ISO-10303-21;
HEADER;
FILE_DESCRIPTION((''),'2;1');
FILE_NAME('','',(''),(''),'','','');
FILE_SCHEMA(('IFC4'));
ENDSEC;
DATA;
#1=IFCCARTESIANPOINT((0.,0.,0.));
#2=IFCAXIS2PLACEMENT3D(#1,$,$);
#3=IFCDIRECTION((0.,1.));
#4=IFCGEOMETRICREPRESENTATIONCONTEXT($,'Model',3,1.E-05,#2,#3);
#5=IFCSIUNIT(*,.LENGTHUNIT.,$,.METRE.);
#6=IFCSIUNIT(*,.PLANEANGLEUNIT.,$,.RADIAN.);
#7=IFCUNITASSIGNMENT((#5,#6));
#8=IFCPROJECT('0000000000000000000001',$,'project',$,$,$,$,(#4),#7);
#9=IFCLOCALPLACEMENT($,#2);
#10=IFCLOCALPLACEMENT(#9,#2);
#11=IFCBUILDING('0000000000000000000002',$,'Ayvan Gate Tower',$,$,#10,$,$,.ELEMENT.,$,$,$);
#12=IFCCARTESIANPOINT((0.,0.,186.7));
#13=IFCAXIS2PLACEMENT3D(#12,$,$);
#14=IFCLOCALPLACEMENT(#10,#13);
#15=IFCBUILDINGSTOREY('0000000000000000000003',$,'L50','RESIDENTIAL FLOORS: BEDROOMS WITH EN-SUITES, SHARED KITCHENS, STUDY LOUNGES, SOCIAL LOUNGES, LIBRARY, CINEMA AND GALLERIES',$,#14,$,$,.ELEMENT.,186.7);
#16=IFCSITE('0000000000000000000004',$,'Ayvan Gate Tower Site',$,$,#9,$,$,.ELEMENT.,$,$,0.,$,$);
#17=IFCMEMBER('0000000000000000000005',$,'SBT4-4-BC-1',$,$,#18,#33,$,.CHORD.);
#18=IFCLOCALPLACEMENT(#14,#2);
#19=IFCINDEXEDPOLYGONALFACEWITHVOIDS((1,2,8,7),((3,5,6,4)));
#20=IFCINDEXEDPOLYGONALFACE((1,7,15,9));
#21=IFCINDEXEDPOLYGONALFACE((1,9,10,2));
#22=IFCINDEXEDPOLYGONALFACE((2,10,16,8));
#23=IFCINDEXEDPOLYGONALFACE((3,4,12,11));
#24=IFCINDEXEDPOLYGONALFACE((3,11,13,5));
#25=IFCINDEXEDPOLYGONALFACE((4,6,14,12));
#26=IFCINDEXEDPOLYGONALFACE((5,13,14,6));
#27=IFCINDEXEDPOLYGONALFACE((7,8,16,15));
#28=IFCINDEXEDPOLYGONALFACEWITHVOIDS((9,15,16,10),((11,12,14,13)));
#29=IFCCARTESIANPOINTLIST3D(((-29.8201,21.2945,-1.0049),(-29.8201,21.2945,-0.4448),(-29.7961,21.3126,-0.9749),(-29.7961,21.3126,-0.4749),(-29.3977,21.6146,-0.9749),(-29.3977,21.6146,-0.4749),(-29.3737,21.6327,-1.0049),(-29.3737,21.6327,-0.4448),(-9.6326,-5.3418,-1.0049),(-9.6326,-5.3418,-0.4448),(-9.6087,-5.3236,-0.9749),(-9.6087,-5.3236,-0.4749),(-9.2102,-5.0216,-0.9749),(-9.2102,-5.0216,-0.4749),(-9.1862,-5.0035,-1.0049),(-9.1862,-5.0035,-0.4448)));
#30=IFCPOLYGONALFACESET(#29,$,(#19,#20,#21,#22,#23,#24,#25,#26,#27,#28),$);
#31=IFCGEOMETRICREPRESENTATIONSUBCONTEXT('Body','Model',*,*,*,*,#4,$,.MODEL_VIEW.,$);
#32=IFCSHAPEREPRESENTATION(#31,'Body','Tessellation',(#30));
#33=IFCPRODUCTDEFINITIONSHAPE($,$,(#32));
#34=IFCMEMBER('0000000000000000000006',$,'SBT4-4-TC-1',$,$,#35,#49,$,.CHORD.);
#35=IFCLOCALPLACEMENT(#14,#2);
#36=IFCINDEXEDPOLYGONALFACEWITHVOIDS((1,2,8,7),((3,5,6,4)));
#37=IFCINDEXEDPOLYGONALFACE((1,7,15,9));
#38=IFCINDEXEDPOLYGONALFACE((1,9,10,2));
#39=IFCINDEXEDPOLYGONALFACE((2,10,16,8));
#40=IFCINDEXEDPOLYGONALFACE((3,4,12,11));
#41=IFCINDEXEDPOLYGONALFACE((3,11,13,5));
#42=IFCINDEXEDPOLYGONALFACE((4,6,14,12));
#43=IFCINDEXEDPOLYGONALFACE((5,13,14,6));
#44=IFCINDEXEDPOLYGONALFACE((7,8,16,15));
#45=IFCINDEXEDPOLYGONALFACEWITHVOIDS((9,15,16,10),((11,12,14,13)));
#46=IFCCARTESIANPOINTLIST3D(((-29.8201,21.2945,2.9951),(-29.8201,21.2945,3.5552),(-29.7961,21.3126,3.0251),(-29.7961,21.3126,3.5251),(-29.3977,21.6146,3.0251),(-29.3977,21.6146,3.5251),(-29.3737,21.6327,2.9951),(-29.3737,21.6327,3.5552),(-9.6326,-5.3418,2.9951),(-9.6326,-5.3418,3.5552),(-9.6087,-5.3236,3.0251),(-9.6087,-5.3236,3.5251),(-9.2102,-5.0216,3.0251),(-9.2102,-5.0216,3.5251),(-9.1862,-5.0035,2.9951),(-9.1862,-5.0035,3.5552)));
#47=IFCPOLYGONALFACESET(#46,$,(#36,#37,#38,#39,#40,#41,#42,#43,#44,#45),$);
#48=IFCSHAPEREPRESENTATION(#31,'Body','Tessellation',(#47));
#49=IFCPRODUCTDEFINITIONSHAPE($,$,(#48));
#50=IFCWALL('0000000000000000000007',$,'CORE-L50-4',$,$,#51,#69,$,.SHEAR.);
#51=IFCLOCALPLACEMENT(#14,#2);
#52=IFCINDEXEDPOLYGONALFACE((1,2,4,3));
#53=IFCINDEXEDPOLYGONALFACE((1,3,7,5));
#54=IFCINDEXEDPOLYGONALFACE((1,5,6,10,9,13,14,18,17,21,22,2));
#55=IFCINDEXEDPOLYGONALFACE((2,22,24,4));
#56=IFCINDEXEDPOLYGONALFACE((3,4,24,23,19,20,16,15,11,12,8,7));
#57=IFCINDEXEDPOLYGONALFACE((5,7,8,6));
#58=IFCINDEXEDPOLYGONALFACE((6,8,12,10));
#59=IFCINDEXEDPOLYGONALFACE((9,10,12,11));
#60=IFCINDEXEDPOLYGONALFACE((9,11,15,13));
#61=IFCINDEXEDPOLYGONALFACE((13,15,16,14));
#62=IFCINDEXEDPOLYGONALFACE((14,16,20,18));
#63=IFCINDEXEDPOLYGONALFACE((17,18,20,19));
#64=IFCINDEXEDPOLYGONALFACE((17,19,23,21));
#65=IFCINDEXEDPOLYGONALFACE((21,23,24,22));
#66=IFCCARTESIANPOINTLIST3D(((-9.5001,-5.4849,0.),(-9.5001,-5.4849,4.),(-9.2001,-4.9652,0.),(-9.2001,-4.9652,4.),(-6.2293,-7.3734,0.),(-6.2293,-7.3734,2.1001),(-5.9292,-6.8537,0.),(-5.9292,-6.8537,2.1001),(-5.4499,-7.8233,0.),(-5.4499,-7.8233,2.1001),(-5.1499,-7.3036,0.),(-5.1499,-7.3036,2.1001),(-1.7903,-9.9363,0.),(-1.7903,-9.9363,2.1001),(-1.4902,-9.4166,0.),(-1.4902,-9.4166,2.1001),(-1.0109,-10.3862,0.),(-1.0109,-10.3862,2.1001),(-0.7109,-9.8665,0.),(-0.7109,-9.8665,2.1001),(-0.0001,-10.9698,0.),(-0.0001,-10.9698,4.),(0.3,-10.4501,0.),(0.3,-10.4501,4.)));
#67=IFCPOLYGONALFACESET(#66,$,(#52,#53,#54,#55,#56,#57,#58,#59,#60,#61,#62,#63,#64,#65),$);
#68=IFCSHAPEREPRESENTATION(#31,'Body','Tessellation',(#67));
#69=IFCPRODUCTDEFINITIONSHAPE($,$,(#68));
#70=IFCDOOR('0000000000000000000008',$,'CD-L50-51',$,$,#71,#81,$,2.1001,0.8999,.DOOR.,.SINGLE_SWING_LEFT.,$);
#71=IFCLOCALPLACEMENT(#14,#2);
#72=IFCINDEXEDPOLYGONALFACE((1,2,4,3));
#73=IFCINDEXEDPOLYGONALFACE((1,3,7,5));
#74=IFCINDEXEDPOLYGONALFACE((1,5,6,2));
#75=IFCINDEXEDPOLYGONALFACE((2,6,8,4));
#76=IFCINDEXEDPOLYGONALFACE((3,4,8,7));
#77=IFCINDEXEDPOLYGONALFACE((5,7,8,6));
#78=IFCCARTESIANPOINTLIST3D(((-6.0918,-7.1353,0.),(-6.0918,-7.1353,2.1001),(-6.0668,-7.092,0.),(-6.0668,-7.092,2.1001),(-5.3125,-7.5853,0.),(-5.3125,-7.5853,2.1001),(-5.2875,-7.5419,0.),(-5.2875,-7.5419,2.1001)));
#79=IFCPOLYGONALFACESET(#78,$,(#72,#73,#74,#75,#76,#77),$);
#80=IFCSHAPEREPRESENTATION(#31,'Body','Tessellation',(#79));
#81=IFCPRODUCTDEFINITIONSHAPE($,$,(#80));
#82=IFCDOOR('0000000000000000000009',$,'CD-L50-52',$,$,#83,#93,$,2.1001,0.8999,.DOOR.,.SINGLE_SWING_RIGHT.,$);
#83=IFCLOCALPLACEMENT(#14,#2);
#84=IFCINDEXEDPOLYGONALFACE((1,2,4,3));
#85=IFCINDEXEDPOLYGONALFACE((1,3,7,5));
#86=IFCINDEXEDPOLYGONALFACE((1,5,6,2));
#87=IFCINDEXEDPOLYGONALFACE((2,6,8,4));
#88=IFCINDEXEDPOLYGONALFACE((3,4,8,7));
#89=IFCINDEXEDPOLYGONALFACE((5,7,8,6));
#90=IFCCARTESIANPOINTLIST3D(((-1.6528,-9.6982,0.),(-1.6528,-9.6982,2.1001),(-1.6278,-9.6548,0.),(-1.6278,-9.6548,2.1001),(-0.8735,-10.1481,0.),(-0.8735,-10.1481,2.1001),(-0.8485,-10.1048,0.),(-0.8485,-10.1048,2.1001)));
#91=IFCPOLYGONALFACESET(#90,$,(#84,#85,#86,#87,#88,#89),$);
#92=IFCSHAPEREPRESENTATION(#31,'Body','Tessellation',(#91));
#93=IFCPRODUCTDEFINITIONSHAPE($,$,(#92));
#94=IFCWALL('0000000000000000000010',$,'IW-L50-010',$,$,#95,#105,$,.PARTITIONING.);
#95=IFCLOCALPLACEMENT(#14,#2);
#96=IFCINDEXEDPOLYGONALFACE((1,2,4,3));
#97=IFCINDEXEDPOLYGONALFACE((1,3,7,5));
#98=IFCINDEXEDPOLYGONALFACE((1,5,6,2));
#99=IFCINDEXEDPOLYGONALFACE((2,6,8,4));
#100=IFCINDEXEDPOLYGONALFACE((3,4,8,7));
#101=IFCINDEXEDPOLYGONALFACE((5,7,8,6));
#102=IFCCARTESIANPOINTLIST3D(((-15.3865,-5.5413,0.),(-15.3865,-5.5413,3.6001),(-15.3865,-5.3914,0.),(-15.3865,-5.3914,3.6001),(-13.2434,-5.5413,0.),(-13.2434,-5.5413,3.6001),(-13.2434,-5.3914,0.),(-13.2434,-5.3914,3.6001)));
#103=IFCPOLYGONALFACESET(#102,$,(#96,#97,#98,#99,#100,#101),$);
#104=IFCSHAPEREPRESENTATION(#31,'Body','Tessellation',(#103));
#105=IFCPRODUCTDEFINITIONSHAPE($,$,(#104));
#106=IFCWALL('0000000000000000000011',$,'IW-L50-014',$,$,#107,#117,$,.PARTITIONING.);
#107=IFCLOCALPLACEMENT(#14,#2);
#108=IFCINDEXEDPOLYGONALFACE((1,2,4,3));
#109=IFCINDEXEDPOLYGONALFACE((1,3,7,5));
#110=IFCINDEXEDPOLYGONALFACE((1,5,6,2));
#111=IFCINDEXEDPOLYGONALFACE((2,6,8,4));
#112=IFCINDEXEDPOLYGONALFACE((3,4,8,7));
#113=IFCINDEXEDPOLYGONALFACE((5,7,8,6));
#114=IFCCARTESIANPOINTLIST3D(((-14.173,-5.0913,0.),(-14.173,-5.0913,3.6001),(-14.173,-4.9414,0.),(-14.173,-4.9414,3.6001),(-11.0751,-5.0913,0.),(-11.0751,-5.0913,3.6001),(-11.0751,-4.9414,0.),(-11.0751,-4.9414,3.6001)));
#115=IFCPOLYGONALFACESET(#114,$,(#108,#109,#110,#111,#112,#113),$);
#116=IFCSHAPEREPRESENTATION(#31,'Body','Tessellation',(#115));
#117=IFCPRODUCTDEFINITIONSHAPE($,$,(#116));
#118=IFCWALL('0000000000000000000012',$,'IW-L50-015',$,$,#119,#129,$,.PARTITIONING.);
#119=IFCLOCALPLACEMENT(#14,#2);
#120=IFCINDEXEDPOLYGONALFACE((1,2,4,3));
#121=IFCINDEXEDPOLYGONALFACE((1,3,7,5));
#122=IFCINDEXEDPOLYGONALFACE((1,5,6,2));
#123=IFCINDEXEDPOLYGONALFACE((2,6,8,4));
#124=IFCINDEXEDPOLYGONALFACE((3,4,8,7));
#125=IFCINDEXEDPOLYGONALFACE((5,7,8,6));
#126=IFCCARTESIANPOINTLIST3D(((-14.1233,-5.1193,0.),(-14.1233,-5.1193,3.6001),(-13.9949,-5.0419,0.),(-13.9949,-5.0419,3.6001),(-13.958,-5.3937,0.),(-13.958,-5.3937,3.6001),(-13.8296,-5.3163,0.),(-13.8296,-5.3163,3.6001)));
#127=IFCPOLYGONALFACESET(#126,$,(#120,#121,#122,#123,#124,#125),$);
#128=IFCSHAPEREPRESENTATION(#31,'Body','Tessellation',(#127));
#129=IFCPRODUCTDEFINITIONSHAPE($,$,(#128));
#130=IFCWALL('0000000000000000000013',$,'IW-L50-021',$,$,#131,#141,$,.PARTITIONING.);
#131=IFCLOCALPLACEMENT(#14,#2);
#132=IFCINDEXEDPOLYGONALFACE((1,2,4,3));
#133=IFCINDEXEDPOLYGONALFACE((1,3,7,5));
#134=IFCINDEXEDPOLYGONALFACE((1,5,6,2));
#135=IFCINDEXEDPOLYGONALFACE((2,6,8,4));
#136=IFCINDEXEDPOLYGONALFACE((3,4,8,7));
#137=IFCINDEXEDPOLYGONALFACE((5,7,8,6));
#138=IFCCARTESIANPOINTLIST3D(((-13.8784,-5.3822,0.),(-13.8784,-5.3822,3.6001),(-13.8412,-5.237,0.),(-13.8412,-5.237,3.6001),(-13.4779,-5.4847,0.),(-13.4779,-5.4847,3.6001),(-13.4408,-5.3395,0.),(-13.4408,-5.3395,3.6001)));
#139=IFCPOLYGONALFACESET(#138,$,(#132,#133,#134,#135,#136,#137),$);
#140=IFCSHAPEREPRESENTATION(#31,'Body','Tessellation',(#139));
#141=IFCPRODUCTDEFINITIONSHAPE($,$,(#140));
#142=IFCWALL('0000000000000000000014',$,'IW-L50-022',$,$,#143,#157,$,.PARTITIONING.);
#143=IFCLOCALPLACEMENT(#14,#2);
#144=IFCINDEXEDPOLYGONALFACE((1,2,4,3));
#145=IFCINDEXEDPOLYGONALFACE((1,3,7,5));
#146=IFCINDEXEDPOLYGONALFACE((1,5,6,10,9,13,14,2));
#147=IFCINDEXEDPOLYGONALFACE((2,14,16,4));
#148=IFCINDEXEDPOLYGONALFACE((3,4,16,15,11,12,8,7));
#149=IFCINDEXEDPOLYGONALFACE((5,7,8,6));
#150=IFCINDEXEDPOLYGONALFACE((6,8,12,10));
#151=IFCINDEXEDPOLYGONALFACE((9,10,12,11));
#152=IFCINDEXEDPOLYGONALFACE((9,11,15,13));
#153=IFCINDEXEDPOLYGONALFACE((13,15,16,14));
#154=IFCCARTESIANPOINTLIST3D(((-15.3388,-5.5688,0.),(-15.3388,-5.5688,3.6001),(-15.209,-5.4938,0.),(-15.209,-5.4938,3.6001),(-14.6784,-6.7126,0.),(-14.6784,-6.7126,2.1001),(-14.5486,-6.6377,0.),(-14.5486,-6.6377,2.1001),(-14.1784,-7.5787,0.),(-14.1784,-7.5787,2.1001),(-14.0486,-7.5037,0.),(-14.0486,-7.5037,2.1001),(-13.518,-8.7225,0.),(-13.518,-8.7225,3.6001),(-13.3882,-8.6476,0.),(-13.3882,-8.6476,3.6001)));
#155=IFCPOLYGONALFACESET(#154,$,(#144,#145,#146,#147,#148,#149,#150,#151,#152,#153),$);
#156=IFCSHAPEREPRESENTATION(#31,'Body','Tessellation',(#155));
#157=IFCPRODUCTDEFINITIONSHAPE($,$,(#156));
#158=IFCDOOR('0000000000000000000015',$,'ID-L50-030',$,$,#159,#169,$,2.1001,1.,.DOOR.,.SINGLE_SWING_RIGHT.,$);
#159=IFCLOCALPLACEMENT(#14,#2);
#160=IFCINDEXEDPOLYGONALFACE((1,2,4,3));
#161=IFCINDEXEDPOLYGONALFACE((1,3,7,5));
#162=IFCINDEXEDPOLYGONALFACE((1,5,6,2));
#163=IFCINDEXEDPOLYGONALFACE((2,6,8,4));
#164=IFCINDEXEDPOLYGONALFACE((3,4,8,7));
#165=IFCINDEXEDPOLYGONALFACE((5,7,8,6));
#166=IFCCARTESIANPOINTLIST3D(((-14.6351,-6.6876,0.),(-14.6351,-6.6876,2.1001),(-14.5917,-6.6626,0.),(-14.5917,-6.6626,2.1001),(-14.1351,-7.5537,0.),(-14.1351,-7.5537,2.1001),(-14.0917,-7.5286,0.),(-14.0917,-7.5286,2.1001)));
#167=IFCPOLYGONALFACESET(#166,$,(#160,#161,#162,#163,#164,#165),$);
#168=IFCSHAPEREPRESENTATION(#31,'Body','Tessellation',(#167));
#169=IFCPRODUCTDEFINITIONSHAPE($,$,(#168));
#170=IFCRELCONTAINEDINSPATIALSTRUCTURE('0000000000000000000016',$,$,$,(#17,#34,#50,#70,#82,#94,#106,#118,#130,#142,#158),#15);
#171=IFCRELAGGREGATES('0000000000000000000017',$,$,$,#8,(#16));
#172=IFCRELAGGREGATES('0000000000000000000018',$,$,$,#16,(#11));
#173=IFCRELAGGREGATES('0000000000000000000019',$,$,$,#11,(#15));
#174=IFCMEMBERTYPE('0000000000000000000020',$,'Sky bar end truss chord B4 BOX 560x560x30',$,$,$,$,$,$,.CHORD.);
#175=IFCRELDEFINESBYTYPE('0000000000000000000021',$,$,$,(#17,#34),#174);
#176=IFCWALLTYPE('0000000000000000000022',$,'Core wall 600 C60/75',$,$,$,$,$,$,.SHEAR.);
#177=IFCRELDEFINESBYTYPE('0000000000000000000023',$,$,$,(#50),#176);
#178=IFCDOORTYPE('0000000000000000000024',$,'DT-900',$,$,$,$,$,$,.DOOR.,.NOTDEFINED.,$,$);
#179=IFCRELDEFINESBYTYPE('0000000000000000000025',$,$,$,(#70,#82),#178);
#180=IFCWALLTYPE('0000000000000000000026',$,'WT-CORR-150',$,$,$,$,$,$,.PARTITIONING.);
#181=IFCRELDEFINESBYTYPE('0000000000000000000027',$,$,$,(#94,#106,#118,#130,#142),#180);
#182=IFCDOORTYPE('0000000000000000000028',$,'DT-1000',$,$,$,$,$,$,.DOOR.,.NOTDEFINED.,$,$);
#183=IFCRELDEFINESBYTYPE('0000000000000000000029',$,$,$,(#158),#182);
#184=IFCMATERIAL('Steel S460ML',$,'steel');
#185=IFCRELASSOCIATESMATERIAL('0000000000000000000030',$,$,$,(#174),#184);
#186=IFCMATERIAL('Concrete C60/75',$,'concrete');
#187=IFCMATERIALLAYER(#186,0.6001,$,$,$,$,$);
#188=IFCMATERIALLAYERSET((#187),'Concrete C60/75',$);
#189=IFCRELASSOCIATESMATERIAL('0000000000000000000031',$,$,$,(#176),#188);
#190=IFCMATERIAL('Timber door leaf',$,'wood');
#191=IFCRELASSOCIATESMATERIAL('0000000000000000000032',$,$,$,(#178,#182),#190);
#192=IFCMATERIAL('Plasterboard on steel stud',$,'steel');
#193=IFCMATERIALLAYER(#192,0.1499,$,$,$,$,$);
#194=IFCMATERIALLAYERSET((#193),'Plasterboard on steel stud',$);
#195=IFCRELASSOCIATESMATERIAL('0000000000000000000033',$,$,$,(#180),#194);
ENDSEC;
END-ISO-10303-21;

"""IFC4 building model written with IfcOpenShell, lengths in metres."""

from ifc_helpers import new_model, si_unit, direction, frame, frame_2d, origin, origin_2d, place, context, subcontext, project, spatial, rectangle, hollow_rectangle, extrude, material, layer, layer_set, material_profile, profile_set, type_object, element, fill, save


model = new_model("IFC4")

# Units and contexts
model_context = context("Model", 3, precision=1e-05, world=origin(), true_north=direction((0.0, 1.0)))
body_context = subcontext(model_context, "Body", "Model", "MODEL_VIEW")
ifc_project = project(units=[si_unit("LENGTHUNIT", "METRE"), si_unit("PLANEANGLEUNIT", "RADIAN")], contexts=[model_context])

# Site, building, storey
site_placement = place(None, origin())
site = spatial("IfcSite", under=ifc_project, at=site_placement, Name="Ayvan Gate Tower Site", CompositionType="ELEMENT", RefElevation=0.0)
building_placement = place(site_placement, origin())
building = spatial("IfcBuilding", under=site, at=building_placement, Name="Ayvan Gate Tower", CompositionType="ELEMENT")
storey_placement = place(building_placement, frame((0.0, 0.0, 186.7)))
storey = spatial("IfcBuildingStorey", under=building, at=storey_placement, Name="L50", Description="RESIDENTIAL FLOORS: BEDROOMS WITH EN-SUITES, SHARED KITCHENS, STUDY LOUNGES, SOCIAL LOUNGES, LIBRARY, CINEMA AND GALLERIES", CompositionType="ELEMENT", Elevation=186.7)

# Members
ifc_material_1 = material(Name="Steel S460ML", Category="steel")
ifc_material_profile = material_profile(ifc_material_1, hollow_rectangle(XDim=0.5601, YDim=0.5601, WallThickness=0.03, at=origin_2d()), Name="BOX 560x560x30")
ifc_profile_set = profile_set([ifc_material_profile], Name="Steel S460ML")
member_type = type_object("IfcMemberType", Name="Sky bar end truss chord B4 BOX 560x560x30", PredefinedType="CHORD", material=ifc_profile_set)
for number, where, z_axis, x_axis, name in (
    (1, (-9.4094, -5.1726, -0.7249), (-0.60402, 0.796969, 0.0), (-0.796969, -0.60402, 0.0), "SBT4-4-BC-1"),
    (2, (-9.4094, -5.1726, 3.2751), (-0.60402, 0.796969, 0.0), (-0.796969, -0.60402, 0.0), "SBT4-4-TC-1"),
):
    element("IfcMember", number, at=place(storey_placement, frame(where, z_axis=z_axis, x_axis=x_axis)), inside=storey, type_object=member_type, Name=name, PredefinedType="CHORD", context=body_context, shape_type="SweptSolid", body=[
        extrude(hollow_rectangle(XDim=0.5601, YDim=0.5601, WallThickness=0.03, at=origin_2d()), origin(), (0.0, 0.0, 1.0), 33.4219),
    ])

# Wall, openings, doors
ifc_material_2 = material(Name="Concrete C60/75", Category="concrete")
ifc_layer_1 = layer(ifc_material_2, 0.6001)
ifc_layer_set_1 = layer_set([ifc_layer_1], Name="Concrete C60/75")
wall_type_1 = type_object("IfcWallType", Name="Core wall 600 C60/75", PredefinedType="SHEAR", material=ifc_layer_set_1)
wall_1_placement = place(storey_placement, frame((-9.3501, -5.2251, 0.0), z_axis=(0.0, 0.0, 1.0), x_axis=(0.866024, -0.500002, 0.0)))
wall_1 = element("IfcWall", 3, at=wall_1_placement, inside=storey, type_object=wall_type_1, Name="CORE-L50-4", PredefinedType="SHEAR", context=body_context, shape_type="SweptSolid", body=[
    extrude(rectangle(XDim=10.9697, YDim=0.6001, at=frame_2d((5.4849, 0.0))), origin(), (0.0, 0.0, 1.0), 4.0),
])
opening_1_placement = place(wall_1_placement, frame((3.7769, 0.0, 0.0)))
opening_1 = element("IfcOpeningElement", 4, at=opening_1_placement, cuts=wall_1, PredefinedType="OPENING", context=body_context, shape_type="SweptSolid", body=[
    extrude(rectangle(XDim=0.8999, YDim=2.1001, at=frame_2d((0.45, 1.05))), frame((0.0, 0.3101, 0.0), z_axis=(0.0, -1.0, 0.0), x_axis=(1.0, 0.0, 0.0)), (0.0, 0.0, 1.0), 0.6201),
])
opening_2_placement = place(wall_1_placement, frame((8.9026, 0.0, 0.0)))
opening_2 = element("IfcOpeningElement", 5, at=opening_2_placement, cuts=wall_1, PredefinedType="OPENING", context=body_context, shape_type="SweptSolid", body=[
    extrude(rectangle(XDim=0.8999, YDim=2.1001, at=frame_2d((0.45, 1.05))), frame((0.0, 0.3101, 0.0), z_axis=(0.0, -1.0, 0.0), x_axis=(1.0, 0.0, 0.0)), (0.0, 0.0, 1.0), 0.6201),
])
ifc_material_3 = material(Name="Timber door leaf", Category="wood")
door_type_1 = type_object("IfcDoorType", Name="DT-900", OperationType="NOTDEFINED", PredefinedType="DOOR", material=ifc_material_3)
door_1_placement = place(opening_1_placement, origin())
door_1 = element("IfcDoor", 6, at=door_1_placement, inside=storey, type_object=door_type_1, Name="CD-L50-51", OperationType="SINGLE_SWING_LEFT", OverallHeight=2.1001, OverallWidth=0.8999, PredefinedType="DOOR", context=body_context, shape_type="SweptSolid", body=[
    extrude(rectangle(XDim=0.8999, YDim=2.1001, at=frame_2d((0.45, 1.05))), frame((0.0, 0.0249, 0.0), z_axis=(0.0, -1.0, 0.0), x_axis=(1.0, 0.0, 0.0)), (0.0, 0.0, 1.0), 0.05),
])
fill(opening_1, door_1)
door_2_placement = place(opening_2_placement, origin())
door_2 = element("IfcDoor", 7, at=door_2_placement, inside=storey, type_object=door_type_1, Name="CD-L50-52", OperationType="SINGLE_SWING_RIGHT", OverallHeight=2.1001, OverallWidth=0.8999, PredefinedType="DOOR", context=body_context, shape_type="SweptSolid", body=[
    extrude(rectangle(XDim=0.8999, YDim=2.1001, at=frame_2d((0.45, 1.05))), frame((0.0, 0.0249, 0.0), z_axis=(0.0, -1.0, 0.0), x_axis=(1.0, 0.0, 0.0)), (0.0, 0.0, 1.0), 0.05),
])
fill(opening_2, door_2)

# Walls
ifc_material_4 = material(Name="Plasterboard on steel stud", Category="steel")
ifc_layer_2 = layer(ifc_material_4, 0.1499)
ifc_layer_set_2 = layer_set([ifc_layer_2], Name="Plasterboard on steel stud")
wall_type_2 = type_object("IfcWallType", Name="WT-CORR-150", PredefinedType="PARTITIONING", material=ifc_layer_set_2)
wall_2_placement = place(storey_placement, frame((-15.3865, -5.4663, 0.0), z_axis=(0.0, 0.0, 1.0), x_axis=(1.0, 0.0, 0.0)))
element("IfcWall", 8, at=wall_2_placement, inside=storey, type_object=wall_type_2, Name="IW-L50-010", PredefinedType="PARTITIONING", context=body_context, shape_type="SweptSolid", body=[
    extrude(rectangle(XDim=2.1431, YDim=0.1499, at=frame_2d((1.0715, 0.0))), origin(), (0.0, 0.0, 1.0), 3.6001),
])
wall_3_placement = place(storey_placement, frame((-14.1729, -5.0164, 0.0), z_axis=(0.0, 0.0, 1.0), x_axis=(1.0, 0.0, 0.0)))
element("IfcWall", 9, at=wall_3_placement, inside=storey, type_object=wall_type_2, Name="IW-L50-014", PredefinedType="PARTITIONING", context=body_context, shape_type="SweptSolid", body=[
    extrude(rectangle(XDim=3.0979, YDim=0.1499, at=frame_2d((1.5488, 0.0))), origin(), (0.0, 0.0, 1.0), 3.6001),
])
wall_4_placement = place(storey_placement, frame((-13.8938, -5.355, 0.0), z_axis=(0.0, 0.0, 1.0), x_axis=(-0.515952, 0.856617, 0.0)))
element("IfcWall", 10, at=wall_4_placement, inside=storey, type_object=wall_type_2, Name="IW-L50-015", PredefinedType="PARTITIONING", context=body_context, shape_type="SweptSolid", body=[
    extrude(rectangle(XDim=0.3203, YDim=0.1499, at=frame_2d((0.1602, 0.0))), origin(), (0.0, 0.0, 1.0), 3.6001),
])
wall_5_placement = place(storey_placement, frame((-13.4595, -5.4121, 0.0), z_axis=(0.0, 0.0, 1.0), x_axis=(-0.968737, 0.248091, 0.0)))
element("IfcWall", 11, at=wall_5_placement, inside=storey, type_object=wall_type_2, Name="IW-L50-021", PredefinedType="PARTITIONING", context=body_context, shape_type="SweptSolid", body=[
    extrude(rectangle(XDim=0.4133, YDim=0.1499, at=frame_2d((0.2065, 0.0))), origin(), (0.0, 0.0, 1.0), 3.6001),
])

# Wall, opening, door
wall_6_placement = place(storey_placement, frame((-13.4531, -8.6851, 0.0), z_axis=(0.0, 0.0, 1.0), x_axis=(-0.499989, 0.866032, 0.0)))
wall_6 = element("IfcWall", 12, at=wall_6_placement, inside=storey, type_object=wall_type_2, Name="IW-L50-022", PredefinedType="PARTITIONING", context=body_context, shape_type="SweptSolid", body=[
    extrude(rectangle(XDim=3.6416, YDim=0.1499, at=frame_2d((1.8208, 0.0))), origin(), (0.0, 0.0, 1.0), 3.6001),
])
opening_3_placement = place(wall_6_placement, frame((1.3208, 0.0, 0.0)))
opening_3 = element("IfcOpeningElement", 13, at=opening_3_placement, cuts=wall_6, PredefinedType="OPENING", context=body_context, shape_type="SweptSolid", body=[
    extrude(rectangle(XDim=1.0, YDim=2.1001, at=frame_2d((0.5, 1.05))), frame((0.0, 0.085, 0.0), z_axis=(0.0, -1.0, 0.0), x_axis=(1.0, 0.0, 0.0)), (0.0, 0.0, 1.0), 0.1699),
])
door_type_2 = type_object("IfcDoorType", Name="DT-1000", OperationType="NOTDEFINED", PredefinedType="DOOR", material=ifc_material_3)
door_3_placement = place(opening_3_placement, origin())
door_3 = element("IfcDoor", 14, at=door_3_placement, inside=storey, type_object=door_type_2, Name="ID-L50-030", OperationType="SINGLE_SWING_RIGHT", OverallHeight=2.1001, OverallWidth=1.0, PredefinedType="DOOR", context=body_context, shape_type="SweptSolid", body=[
    extrude(rectangle(XDim=1.0, YDim=2.1001, at=frame_2d((0.5, 1.05))), frame((0.0, 0.0249, 0.0), z_axis=(0.0, -1.0, 0.0), x_axis=(1.0, 0.0, 0.0)), (0.0, 0.0, 1.0), 0.05),
])
fill(opening_3, door_3)

save(model, "model.ifc")
